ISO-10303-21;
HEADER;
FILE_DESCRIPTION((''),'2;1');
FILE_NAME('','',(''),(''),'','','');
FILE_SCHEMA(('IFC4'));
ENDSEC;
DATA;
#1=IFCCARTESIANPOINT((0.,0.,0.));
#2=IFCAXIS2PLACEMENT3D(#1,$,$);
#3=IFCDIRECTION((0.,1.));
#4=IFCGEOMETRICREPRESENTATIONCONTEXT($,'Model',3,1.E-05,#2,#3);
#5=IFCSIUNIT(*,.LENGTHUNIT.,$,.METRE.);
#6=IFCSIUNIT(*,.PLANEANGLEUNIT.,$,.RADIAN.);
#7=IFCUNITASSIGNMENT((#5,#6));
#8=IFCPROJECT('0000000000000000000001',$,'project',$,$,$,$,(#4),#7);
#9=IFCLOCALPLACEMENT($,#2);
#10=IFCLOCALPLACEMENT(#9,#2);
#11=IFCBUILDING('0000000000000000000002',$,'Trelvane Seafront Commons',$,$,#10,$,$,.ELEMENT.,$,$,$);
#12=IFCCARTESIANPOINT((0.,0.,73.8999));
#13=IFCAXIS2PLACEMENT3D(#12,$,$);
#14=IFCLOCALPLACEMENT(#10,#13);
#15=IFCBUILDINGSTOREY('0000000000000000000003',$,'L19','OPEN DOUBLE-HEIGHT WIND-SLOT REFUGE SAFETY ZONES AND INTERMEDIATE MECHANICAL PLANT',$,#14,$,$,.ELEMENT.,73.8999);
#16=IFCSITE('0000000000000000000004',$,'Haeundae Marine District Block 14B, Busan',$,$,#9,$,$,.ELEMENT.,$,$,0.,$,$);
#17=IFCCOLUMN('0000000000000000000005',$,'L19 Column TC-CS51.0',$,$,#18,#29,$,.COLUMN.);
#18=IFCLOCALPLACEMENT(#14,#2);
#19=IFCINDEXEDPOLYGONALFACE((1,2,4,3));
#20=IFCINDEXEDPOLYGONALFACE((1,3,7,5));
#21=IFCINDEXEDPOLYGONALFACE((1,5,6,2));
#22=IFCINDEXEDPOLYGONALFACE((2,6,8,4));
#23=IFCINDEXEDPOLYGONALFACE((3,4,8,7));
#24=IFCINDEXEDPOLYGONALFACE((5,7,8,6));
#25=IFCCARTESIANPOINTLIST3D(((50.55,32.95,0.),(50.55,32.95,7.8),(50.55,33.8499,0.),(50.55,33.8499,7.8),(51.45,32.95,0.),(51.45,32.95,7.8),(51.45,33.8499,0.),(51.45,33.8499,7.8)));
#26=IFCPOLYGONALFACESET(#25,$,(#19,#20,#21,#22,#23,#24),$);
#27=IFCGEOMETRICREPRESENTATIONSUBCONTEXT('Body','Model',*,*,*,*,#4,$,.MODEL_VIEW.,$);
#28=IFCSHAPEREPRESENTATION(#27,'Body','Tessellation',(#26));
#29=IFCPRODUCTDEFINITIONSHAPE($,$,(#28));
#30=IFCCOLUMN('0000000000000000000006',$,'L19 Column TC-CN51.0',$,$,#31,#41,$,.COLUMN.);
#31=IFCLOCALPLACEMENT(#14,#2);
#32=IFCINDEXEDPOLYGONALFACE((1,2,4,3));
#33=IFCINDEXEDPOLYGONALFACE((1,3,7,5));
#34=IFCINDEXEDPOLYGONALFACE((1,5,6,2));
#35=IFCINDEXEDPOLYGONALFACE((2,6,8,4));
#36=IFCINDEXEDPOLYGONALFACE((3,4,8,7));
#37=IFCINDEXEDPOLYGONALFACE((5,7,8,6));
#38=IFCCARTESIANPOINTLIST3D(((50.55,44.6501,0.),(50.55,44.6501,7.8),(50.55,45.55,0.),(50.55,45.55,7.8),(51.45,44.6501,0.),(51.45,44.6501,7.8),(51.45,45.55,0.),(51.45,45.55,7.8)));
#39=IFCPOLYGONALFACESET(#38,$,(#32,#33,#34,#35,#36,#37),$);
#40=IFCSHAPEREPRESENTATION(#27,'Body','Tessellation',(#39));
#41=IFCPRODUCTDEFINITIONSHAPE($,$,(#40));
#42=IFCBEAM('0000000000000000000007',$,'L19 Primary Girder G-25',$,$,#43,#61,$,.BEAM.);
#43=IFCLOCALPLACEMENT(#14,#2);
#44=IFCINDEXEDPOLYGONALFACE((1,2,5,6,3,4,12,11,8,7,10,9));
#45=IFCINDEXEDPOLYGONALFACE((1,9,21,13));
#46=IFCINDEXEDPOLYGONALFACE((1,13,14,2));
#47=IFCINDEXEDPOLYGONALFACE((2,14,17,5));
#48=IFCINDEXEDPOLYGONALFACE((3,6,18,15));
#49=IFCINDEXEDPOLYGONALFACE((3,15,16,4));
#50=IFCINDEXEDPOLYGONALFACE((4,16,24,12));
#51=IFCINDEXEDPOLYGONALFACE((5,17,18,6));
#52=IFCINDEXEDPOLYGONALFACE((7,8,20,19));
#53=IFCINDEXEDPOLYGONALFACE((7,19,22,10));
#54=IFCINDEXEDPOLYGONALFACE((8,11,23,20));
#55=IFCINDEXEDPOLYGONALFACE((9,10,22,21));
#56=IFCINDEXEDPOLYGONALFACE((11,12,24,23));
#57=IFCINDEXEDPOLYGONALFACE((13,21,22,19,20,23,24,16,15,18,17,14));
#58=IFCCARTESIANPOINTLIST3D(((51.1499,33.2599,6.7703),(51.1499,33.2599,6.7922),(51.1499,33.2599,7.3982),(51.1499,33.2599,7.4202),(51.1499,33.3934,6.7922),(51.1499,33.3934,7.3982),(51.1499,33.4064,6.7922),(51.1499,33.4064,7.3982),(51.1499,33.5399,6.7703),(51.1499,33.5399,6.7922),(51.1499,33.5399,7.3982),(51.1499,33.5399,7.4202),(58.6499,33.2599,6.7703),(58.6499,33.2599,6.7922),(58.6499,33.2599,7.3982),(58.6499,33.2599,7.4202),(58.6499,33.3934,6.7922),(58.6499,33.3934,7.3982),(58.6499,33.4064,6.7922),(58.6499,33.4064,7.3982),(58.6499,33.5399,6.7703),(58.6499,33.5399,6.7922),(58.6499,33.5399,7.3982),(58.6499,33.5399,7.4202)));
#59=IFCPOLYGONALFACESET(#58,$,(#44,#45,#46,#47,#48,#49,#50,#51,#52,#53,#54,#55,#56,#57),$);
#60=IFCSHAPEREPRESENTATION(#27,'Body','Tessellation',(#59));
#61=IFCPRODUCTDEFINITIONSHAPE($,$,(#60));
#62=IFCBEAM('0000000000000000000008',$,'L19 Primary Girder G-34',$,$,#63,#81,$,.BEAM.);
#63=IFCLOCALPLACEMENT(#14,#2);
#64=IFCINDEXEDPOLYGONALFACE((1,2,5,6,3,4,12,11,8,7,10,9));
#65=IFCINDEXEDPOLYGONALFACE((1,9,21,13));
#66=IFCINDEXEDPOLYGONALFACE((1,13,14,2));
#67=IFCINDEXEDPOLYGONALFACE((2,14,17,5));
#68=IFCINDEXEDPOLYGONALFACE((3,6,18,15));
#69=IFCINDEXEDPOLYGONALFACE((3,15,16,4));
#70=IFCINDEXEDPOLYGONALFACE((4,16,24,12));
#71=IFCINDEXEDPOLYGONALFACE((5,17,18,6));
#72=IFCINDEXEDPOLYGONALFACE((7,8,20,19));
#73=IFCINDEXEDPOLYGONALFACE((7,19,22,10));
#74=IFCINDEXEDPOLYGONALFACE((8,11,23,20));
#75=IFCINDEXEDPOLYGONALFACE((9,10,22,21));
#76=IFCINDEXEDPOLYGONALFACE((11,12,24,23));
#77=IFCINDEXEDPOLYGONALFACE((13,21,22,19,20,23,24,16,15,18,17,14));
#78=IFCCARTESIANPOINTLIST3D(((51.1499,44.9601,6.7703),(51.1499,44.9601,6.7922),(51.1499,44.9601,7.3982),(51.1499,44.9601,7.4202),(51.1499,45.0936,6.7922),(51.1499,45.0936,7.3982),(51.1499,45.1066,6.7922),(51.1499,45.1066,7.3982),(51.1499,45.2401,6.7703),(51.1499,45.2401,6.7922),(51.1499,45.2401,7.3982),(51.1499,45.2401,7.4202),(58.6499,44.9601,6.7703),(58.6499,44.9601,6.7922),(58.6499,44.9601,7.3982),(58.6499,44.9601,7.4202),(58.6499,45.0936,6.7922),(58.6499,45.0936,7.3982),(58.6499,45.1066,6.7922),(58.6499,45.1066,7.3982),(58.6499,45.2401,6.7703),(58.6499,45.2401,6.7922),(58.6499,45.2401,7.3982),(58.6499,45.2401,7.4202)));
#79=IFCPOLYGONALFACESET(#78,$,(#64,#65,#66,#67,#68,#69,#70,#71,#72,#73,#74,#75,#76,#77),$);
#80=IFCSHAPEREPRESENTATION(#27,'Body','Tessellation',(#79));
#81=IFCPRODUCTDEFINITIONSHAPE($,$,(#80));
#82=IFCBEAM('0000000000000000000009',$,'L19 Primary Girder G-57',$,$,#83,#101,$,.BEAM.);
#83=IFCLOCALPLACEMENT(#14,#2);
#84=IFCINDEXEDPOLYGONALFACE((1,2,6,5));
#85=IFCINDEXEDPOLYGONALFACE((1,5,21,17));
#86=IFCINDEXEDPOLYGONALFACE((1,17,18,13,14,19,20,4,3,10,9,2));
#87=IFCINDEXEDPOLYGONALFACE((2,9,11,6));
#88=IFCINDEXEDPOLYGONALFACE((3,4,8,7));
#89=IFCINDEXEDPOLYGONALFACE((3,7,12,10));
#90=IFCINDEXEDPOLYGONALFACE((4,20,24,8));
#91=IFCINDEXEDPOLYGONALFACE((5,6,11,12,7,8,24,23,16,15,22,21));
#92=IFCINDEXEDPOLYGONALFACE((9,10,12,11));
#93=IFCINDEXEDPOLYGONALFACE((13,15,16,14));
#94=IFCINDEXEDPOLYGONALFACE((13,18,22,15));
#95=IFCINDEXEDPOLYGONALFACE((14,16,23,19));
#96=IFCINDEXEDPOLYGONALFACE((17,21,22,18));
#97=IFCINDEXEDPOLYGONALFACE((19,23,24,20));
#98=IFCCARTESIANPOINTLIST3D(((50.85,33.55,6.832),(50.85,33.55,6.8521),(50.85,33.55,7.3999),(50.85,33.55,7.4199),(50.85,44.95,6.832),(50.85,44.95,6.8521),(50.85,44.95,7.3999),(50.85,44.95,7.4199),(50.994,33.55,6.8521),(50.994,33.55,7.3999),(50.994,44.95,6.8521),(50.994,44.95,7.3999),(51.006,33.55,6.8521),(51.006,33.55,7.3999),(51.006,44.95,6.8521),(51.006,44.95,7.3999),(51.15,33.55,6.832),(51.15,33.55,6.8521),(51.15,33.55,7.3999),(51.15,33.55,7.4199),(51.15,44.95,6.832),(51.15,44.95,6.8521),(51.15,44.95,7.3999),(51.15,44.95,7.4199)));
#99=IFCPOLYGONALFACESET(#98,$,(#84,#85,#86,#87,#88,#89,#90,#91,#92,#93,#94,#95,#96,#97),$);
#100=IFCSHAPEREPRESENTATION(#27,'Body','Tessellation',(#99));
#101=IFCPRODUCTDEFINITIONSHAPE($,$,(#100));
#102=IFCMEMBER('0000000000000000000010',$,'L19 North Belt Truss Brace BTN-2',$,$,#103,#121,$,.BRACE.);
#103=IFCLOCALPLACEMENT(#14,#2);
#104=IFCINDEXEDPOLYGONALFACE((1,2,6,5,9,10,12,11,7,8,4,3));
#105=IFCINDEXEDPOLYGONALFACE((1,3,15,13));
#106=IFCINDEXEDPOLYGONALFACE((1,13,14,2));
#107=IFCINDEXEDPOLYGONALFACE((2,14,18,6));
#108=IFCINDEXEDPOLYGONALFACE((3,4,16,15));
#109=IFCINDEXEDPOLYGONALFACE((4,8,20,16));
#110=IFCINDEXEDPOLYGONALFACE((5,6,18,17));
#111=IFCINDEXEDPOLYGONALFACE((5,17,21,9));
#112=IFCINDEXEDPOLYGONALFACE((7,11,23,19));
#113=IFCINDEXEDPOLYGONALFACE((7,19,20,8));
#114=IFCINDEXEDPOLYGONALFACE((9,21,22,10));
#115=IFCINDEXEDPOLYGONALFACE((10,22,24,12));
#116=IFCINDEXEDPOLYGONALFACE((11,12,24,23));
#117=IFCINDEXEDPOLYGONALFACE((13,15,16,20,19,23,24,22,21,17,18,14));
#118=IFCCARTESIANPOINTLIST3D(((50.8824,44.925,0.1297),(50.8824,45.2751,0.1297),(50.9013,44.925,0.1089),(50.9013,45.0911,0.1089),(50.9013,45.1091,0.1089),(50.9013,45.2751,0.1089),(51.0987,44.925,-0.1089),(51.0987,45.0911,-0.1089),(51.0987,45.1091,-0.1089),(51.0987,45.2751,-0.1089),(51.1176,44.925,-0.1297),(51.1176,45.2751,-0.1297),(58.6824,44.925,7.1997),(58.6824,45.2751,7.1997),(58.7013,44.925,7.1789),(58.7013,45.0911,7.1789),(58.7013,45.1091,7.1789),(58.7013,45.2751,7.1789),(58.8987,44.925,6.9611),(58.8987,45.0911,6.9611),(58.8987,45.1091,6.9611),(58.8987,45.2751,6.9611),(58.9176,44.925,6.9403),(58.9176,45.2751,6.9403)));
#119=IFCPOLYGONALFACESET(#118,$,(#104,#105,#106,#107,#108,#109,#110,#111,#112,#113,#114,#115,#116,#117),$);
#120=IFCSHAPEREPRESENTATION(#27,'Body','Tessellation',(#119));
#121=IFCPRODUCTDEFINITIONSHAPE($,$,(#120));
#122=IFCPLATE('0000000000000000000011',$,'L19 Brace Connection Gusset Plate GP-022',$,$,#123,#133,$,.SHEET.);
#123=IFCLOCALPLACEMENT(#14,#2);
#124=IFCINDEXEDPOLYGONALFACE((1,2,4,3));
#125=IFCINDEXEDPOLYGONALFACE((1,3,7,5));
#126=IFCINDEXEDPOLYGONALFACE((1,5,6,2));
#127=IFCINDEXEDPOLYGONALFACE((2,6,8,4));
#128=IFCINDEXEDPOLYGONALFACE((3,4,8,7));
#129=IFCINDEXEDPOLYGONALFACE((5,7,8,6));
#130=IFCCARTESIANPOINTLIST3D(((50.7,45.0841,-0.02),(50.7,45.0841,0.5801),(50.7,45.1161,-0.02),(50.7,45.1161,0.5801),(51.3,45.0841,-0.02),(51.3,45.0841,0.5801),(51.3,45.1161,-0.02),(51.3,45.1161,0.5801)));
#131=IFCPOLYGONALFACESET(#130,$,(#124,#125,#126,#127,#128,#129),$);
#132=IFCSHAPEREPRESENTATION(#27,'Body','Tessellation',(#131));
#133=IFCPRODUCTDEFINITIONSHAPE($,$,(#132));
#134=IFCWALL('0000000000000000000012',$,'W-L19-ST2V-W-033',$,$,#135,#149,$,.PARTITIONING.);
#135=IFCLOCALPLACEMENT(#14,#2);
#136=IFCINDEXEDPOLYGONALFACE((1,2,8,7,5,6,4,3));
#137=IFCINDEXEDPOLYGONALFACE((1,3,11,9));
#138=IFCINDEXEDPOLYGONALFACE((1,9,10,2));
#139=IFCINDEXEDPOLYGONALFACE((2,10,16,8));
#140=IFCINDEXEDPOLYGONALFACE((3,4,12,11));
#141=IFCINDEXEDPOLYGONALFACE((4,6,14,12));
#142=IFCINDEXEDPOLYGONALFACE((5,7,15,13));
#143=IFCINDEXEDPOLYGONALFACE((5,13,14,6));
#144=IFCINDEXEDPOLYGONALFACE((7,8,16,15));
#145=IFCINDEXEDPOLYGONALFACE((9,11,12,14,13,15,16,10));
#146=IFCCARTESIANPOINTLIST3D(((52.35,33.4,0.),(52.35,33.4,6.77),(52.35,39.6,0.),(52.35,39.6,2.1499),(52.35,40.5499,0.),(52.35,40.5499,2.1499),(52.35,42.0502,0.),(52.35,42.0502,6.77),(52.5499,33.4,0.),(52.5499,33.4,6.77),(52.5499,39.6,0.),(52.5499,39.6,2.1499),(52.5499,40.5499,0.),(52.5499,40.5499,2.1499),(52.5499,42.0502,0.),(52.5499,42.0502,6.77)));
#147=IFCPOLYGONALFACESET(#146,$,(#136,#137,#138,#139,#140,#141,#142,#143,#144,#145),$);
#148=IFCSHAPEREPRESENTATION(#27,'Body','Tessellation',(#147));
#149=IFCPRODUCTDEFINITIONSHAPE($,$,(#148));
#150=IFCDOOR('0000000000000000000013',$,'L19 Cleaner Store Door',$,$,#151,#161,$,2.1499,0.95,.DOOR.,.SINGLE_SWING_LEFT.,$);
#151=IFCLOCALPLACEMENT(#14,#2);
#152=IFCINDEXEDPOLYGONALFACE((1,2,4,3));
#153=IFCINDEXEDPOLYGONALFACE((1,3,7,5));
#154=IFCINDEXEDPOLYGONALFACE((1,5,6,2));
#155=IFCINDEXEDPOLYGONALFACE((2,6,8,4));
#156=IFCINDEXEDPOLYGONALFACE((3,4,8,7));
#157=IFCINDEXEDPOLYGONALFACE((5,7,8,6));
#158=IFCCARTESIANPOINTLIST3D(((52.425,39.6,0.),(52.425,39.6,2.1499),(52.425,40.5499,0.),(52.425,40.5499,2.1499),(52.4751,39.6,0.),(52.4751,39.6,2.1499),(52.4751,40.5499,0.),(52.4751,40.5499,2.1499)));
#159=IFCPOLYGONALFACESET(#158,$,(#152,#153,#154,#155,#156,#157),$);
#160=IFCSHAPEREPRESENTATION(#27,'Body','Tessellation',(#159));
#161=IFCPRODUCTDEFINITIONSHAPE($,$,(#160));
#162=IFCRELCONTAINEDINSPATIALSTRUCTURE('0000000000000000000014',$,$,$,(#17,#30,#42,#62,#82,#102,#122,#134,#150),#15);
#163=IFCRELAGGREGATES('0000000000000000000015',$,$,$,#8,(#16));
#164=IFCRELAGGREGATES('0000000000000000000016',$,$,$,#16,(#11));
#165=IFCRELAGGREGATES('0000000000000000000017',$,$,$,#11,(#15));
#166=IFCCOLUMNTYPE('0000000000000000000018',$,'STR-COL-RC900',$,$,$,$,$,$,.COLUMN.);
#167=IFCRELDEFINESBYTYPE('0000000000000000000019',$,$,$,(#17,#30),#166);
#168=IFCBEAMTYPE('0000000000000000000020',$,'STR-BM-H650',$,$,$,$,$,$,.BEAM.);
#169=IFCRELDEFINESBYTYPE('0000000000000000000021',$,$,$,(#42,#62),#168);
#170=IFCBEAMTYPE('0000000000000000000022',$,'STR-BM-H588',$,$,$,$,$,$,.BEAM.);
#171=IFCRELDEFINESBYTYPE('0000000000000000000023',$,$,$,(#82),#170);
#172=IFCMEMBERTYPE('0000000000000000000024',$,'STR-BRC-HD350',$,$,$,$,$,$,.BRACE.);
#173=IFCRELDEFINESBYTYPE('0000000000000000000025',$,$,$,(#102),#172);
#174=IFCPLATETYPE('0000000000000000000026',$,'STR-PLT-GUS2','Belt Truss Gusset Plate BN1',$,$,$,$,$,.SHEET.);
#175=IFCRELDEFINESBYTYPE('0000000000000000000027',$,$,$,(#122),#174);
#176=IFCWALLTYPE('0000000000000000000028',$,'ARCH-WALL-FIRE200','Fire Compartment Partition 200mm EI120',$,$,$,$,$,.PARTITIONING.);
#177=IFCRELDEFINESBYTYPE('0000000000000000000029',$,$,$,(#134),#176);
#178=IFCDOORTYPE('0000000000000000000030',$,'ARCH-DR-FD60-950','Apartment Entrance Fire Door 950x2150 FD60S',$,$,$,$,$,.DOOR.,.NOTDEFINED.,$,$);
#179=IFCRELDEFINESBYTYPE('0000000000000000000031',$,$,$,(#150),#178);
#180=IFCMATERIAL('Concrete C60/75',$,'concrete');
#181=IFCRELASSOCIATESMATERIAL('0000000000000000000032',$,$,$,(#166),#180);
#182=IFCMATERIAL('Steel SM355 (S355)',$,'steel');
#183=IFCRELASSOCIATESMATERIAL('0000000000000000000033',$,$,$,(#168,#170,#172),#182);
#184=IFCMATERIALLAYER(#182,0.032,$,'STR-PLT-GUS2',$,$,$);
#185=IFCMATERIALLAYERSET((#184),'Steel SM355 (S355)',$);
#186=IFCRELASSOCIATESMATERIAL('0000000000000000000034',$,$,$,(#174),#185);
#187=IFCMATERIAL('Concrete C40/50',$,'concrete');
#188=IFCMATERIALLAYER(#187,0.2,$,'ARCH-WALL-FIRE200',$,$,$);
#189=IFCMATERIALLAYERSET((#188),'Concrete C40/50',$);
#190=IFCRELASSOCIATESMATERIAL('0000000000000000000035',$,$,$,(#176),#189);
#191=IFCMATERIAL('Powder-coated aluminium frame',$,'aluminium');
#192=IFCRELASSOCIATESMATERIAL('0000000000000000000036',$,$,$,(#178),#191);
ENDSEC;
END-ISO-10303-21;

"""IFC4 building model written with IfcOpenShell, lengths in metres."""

from ifc_helpers import new_model, si_unit, direction, frame, frame_2d, origin, origin_2d, place, context, subcontext, project, spatial, rectangle, i_section, extrude, source, transform, mapped, material, layer, layer_set, material_profile, profile_set, type_object, element, fill, save


model = new_model("IFC4")

# Units and contexts
model_context = context("Model", 3, precision=1e-05, world=origin(), true_north=direction((0.0, 1.0)))
body_context = subcontext(model_context, "Body", "Model", "MODEL_VIEW")
ifc_project = project(units=[si_unit("LENGTHUNIT", "METRE"), si_unit("PLANEANGLEUNIT", "RADIAN")], contexts=[model_context])

# Site, building, storey
site_placement = place(None, origin())
site = spatial("IfcSite", under=ifc_project, at=site_placement, Name="Haeundae Marine District Block 14B, Busan", CompositionType="ELEMENT", RefElevation=0.0)
building_placement = place(site_placement, origin())
building = spatial("IfcBuilding", under=site, at=building_placement, Name="Trelvane Seafront Commons", CompositionType="ELEMENT")
storey_placement = place(building_placement, frame((0.0, 0.0, 73.8999)))
storey = spatial("IfcBuildingStorey", under=building, at=storey_placement, Name="L19", Description="OPEN DOUBLE-HEIGHT WIND-SLOT REFUGE SAFETY ZONES AND INTERMEDIATE MECHANICAL PLANT", CompositionType="ELEMENT", Elevation=73.8999)

# Columns
ifc_material_1 = material(Name="Concrete C60/75", Category="concrete")
ifc_material_profile_1 = material_profile(ifc_material_1, rectangle(XDim=0.8999, YDim=0.8999, at=origin_2d()), Name="RC-900x900")
ifc_profile_set_1 = profile_set([ifc_material_profile_1], Name="Concrete C60/75")
column_type = type_object("IfcColumnType", Name="STR-COL-RC900", PredefinedType="COLUMN", material=ifc_profile_set_1)
shared_shape_1 = source(origin(), body_context, "Body", "SweptSolid", [
    extrude(rectangle(XDim=0.8999, YDim=0.8999, at=origin_2d()), origin(), (0.0, 0.0, 1.0), 7.8),
])
for number, where, z_axis, x_axis, name in (
    (1, (51.0, 33.3999, 0.0), (0.0, 0.0, 1.0), (1.0, 0.0, 0.0), "L19 Column TC-CS51.0"),
    (2, (51.0, 45.1001, 0.0), (0.0, 0.0, 1.0), (1.0, 0.0, 0.0), "L19 Column TC-CN51.0"),
):
    element("IfcColumn", number, at=place(storey_placement, frame(where, z_axis=z_axis, x_axis=x_axis)), inside=storey, type_object=column_type, Name=name, PredefinedType="COLUMN", context=body_context, shape_type="MappedRepresentation", body=[
        mapped(shared_shape_1, transform((0.0, 0.0, 0.0), x_axis=(1.0, 0.0, 0.0), y_axis=(0.0, 1.0, 0.0), z_axis=(0.0, 0.0, 1.0), scale=1.0)),
    ])

# Beams
ifc_material_2 = material(Name="Steel SM355 (S355)", Category="steel")
ifc_material_profile_2 = material_profile(ifc_material_2, i_section(OverallWidth=0.28, OverallDepth=0.6499, WebThickness=0.0129, FlangeThickness=0.022, at=origin_2d()), Name="H-650x280x13x22")
ifc_profile_set_2 = profile_set([ifc_material_profile_2], Name="Steel SM355 (S355)")
beam_type_1 = type_object("IfcBeamType", Name="STR-BM-H650", PredefinedType="BEAM", material=ifc_profile_set_2)
shared_shape_2 = source(origin(), body_context, "Body", "SweptSolid", [
    extrude(i_section(OverallWidth=0.28, OverallDepth=0.6499, WebThickness=0.0129, FlangeThickness=0.022, at=origin_2d()), origin(), (0.0, 0.0, 1.0), 7.5),
])
for number, where, z_axis, x_axis, name in (
    (3, (51.1499, 33.3999, 7.0952), (1.0, 0.0, 0.0), (0.0, 1.0, 0.0), "L19 Primary Girder G-25"),
    (4, (51.1499, 45.1001, 7.0952), (1.0, 0.0, 0.0), (0.0, 1.0, 0.0), "L19 Primary Girder G-34"),
):
    element("IfcBeam", number, at=place(storey_placement, frame(where, z_axis=z_axis, x_axis=x_axis)), inside=storey, type_object=beam_type_1, Name=name, PredefinedType="BEAM", context=body_context, shape_type="MappedRepresentation", body=[
        mapped(shared_shape_2, transform((0.0, 0.0, 0.0), x_axis=(1.0, 0.0, 0.0), y_axis=(0.0, 1.0, 0.0), z_axis=(0.0, 0.0, 1.0), scale=1.0)),
    ])
ifc_material_profile_3 = material_profile(ifc_material_2, i_section(OverallWidth=0.3, OverallDepth=0.5879, WebThickness=0.012, FlangeThickness=0.02, at=origin_2d()), Name="H-588x300x12x20")
ifc_profile_set_3 = profile_set([ifc_material_profile_3], Name="Steel SM355 (S355)")
beam_type_2 = type_object("IfcBeamType", Name="STR-BM-H588", PredefinedType="BEAM", material=ifc_profile_set_3)
shared_shape_3 = source(origin(), body_context, "Body", "SweptSolid", [
    extrude(i_section(OverallWidth=0.3, OverallDepth=0.5879, WebThickness=0.012, FlangeThickness=0.02, at=origin_2d()), origin(), (0.0, 0.0, 1.0), 11.3999),
])
beam_placement = place(storey_placement, frame((51.0, 33.55, 7.126), z_axis=(0.0, 1.0, 0.0), x_axis=(-1.0, 0.0, 0.0)))
element("IfcBeam", 5, at=beam_placement, inside=storey, type_object=beam_type_2, Name="L19 Primary Girder G-57", PredefinedType="BEAM", context=body_context, shape_type="MappedRepresentation", body=[
    mapped(shared_shape_3, transform((0.0, 0.0, 0.0), x_axis=(1.0, 0.0, 0.0), y_axis=(0.0, 1.0, 0.0), z_axis=(0.0, 0.0, 1.0), scale=1.0)),
])

# Member
ifc_material_profile_4 = material_profile(ifc_material_2, i_section(OverallWidth=0.3501, OverallDepth=0.3501, WebThickness=0.0181, FlangeThickness=0.0281, at=origin_2d()), Name="HD-350x350x18x28")
ifc_profile_set_4 = profile_set([ifc_material_profile_4], Name="Steel SM355 (S355)")
member_type = type_object("IfcMemberType", Name="STR-BRC-HD350", PredefinedType="BRACE", material=ifc_profile_set_4)
shared_shape_4 = source(origin(), body_context, "Body", "SweptSolid", [
    extrude(i_section(OverallWidth=0.3501, OverallDepth=0.3501, WebThickness=0.0181, FlangeThickness=0.0281, at=origin_2d()), origin(), (0.0, 0.0, 1.0), 10.5273),
])
member_placement = place(storey_placement, frame((51.0, 45.1001, 0.0), z_axis=(0.740927, 0.0, 0.671586), x_axis=(0.0, 1.0, 0.0)))
element("IfcMember", 6, at=member_placement, inside=storey, type_object=member_type, Name="L19 North Belt Truss Brace BTN-2", PredefinedType="BRACE", context=body_context, shape_type="MappedRepresentation", body=[
    mapped(shared_shape_4, transform((0.0, 0.0, 0.0), x_axis=(1.0, 0.0, 0.0), y_axis=(0.0, 1.0, 0.0), z_axis=(0.0, 0.0, 1.0), scale=1.0)),
])

# Plate
ifc_layer_1 = layer(ifc_material_2, 0.032, Name="STR-PLT-GUS2")
ifc_layer_set_1 = layer_set([ifc_layer_1], Name="Steel SM355 (S355)")
plate_type = type_object("IfcPlateType", Name="STR-PLT-GUS2", Description="Belt Truss Gusset Plate BN1", PredefinedType="SHEET", material=ifc_layer_set_1)
shared_shape_5 = source(origin(), body_context, "Body", "SweptSolid", [
    extrude(rectangle(XDim=0.6001, YDim=0.032, at=origin_2d()), origin(), (0.0, 0.0, 1.0), 0.6001),
])
plate_placement = place(storey_placement, frame((51.0, 45.1001, -0.02), z_axis=(0.0, 0.0, 1.0), x_axis=(1.0, 0.0, 0.0)))
element("IfcPlate", 7, at=plate_placement, inside=storey, type_object=plate_type, Name="L19 Brace Connection Gusset Plate GP-022", PredefinedType="SHEET", context=body_context, shape_type="MappedRepresentation", body=[
    mapped(shared_shape_5, transform((0.0, 0.0, 0.0), x_axis=(1.0, 0.0, 0.0), y_axis=(0.0, 1.0, 0.0), z_axis=(0.0, 0.0, 1.0), scale=1.0)),
])

# Wall, opening, door
ifc_material_3 = material(Name="Concrete C40/50", Category="concrete")
ifc_layer_2 = layer(ifc_material_3, 0.2, Name="ARCH-WALL-FIRE200")
ifc_layer_set_2 = layer_set([ifc_layer_2], Name="Concrete C40/50")
wall_type_1 = type_object("IfcWallType", Name="ARCH-WALL-FIRE200", Description="Fire Compartment Partition 200mm EI120", PredefinedType="PARTITIONING", material=ifc_layer_set_2)
wall_1_placement = place(storey_placement, frame((52.45, 33.3999, 0.0), z_axis=(0.0, 0.0, 1.0), x_axis=(0.0, 1.0, 0.0)))
wall_1 = element("IfcWall", 8, at=wall_1_placement, inside=storey, type_object=wall_type_1, Name="W-L19-ST2V-W-033", PredefinedType="PARTITIONING", context=body_context, shape_type="SweptSolid", body=[
    extrude(rectangle(XDim=8.6501, YDim=0.2, at=frame_2d((4.3252, 0.0))), origin(), (0.0, 0.0, 1.0), 6.77),
])
opening_1_placement = place(wall_1_placement, frame((6.2, 0.0, 0.0)))
opening_1 = element("IfcOpeningElement", 9, at=opening_1_placement, cuts=wall_1, PredefinedType="OPENING", context=body_context, shape_type="SweptSolid", body=[
    extrude(rectangle(XDim=0.95, YDim=2.1499, at=frame_2d((0.4751, 1.075))), frame((0.0, 0.1099, 0.0), z_axis=(0.0, -1.0, 0.0), x_axis=(1.0, 0.0, 0.0)), (0.0, 0.0, 1.0), 0.22),
])
ifc_material_4 = material(Name="Powder-coated aluminium frame", Category="aluminium")
door_type_1 = type_object("IfcDoorType", Name="ARCH-DR-FD60-950", Description="Apartment Entrance Fire Door 950x2150 FD60S", OperationType="NOTDEFINED", PredefinedType="DOOR", material=ifc_material_4)
shared_shape_6 = source(origin(), body_context, "Body", "SweptSolid", [
    extrude(rectangle(XDim=0.95, YDim=2.1499, at=frame_2d((0.4751, 1.075))), frame((0.0, 0.0249, 0.0), z_axis=(0.0, -1.0, 0.0), x_axis=(1.0, 0.0, 0.0)), (0.0, 0.0, 1.0), 0.05),
])
door_1_placement = place(opening_1_placement, origin())
door_1 = element("IfcDoor", 10, at=door_1_placement, inside=storey, type_object=door_type_1, Name="L19 Cleaner Store Door", OperationType="SINGLE_SWING_LEFT", OverallHeight=2.1499, OverallWidth=0.95, PredefinedType="DOOR", context=body_context, shape_type="MappedRepresentation", body=[
    mapped(shared_shape_6, transform((0.0, 0.0, 0.0), x_axis=(1.0, 0.0, 0.0), y_axis=(0.0, 1.0, 0.0), z_axis=(0.0, 0.0, 1.0), scale=1.0)),
])
fill(opening_1, door_1)

save(model, "model.ifc")
